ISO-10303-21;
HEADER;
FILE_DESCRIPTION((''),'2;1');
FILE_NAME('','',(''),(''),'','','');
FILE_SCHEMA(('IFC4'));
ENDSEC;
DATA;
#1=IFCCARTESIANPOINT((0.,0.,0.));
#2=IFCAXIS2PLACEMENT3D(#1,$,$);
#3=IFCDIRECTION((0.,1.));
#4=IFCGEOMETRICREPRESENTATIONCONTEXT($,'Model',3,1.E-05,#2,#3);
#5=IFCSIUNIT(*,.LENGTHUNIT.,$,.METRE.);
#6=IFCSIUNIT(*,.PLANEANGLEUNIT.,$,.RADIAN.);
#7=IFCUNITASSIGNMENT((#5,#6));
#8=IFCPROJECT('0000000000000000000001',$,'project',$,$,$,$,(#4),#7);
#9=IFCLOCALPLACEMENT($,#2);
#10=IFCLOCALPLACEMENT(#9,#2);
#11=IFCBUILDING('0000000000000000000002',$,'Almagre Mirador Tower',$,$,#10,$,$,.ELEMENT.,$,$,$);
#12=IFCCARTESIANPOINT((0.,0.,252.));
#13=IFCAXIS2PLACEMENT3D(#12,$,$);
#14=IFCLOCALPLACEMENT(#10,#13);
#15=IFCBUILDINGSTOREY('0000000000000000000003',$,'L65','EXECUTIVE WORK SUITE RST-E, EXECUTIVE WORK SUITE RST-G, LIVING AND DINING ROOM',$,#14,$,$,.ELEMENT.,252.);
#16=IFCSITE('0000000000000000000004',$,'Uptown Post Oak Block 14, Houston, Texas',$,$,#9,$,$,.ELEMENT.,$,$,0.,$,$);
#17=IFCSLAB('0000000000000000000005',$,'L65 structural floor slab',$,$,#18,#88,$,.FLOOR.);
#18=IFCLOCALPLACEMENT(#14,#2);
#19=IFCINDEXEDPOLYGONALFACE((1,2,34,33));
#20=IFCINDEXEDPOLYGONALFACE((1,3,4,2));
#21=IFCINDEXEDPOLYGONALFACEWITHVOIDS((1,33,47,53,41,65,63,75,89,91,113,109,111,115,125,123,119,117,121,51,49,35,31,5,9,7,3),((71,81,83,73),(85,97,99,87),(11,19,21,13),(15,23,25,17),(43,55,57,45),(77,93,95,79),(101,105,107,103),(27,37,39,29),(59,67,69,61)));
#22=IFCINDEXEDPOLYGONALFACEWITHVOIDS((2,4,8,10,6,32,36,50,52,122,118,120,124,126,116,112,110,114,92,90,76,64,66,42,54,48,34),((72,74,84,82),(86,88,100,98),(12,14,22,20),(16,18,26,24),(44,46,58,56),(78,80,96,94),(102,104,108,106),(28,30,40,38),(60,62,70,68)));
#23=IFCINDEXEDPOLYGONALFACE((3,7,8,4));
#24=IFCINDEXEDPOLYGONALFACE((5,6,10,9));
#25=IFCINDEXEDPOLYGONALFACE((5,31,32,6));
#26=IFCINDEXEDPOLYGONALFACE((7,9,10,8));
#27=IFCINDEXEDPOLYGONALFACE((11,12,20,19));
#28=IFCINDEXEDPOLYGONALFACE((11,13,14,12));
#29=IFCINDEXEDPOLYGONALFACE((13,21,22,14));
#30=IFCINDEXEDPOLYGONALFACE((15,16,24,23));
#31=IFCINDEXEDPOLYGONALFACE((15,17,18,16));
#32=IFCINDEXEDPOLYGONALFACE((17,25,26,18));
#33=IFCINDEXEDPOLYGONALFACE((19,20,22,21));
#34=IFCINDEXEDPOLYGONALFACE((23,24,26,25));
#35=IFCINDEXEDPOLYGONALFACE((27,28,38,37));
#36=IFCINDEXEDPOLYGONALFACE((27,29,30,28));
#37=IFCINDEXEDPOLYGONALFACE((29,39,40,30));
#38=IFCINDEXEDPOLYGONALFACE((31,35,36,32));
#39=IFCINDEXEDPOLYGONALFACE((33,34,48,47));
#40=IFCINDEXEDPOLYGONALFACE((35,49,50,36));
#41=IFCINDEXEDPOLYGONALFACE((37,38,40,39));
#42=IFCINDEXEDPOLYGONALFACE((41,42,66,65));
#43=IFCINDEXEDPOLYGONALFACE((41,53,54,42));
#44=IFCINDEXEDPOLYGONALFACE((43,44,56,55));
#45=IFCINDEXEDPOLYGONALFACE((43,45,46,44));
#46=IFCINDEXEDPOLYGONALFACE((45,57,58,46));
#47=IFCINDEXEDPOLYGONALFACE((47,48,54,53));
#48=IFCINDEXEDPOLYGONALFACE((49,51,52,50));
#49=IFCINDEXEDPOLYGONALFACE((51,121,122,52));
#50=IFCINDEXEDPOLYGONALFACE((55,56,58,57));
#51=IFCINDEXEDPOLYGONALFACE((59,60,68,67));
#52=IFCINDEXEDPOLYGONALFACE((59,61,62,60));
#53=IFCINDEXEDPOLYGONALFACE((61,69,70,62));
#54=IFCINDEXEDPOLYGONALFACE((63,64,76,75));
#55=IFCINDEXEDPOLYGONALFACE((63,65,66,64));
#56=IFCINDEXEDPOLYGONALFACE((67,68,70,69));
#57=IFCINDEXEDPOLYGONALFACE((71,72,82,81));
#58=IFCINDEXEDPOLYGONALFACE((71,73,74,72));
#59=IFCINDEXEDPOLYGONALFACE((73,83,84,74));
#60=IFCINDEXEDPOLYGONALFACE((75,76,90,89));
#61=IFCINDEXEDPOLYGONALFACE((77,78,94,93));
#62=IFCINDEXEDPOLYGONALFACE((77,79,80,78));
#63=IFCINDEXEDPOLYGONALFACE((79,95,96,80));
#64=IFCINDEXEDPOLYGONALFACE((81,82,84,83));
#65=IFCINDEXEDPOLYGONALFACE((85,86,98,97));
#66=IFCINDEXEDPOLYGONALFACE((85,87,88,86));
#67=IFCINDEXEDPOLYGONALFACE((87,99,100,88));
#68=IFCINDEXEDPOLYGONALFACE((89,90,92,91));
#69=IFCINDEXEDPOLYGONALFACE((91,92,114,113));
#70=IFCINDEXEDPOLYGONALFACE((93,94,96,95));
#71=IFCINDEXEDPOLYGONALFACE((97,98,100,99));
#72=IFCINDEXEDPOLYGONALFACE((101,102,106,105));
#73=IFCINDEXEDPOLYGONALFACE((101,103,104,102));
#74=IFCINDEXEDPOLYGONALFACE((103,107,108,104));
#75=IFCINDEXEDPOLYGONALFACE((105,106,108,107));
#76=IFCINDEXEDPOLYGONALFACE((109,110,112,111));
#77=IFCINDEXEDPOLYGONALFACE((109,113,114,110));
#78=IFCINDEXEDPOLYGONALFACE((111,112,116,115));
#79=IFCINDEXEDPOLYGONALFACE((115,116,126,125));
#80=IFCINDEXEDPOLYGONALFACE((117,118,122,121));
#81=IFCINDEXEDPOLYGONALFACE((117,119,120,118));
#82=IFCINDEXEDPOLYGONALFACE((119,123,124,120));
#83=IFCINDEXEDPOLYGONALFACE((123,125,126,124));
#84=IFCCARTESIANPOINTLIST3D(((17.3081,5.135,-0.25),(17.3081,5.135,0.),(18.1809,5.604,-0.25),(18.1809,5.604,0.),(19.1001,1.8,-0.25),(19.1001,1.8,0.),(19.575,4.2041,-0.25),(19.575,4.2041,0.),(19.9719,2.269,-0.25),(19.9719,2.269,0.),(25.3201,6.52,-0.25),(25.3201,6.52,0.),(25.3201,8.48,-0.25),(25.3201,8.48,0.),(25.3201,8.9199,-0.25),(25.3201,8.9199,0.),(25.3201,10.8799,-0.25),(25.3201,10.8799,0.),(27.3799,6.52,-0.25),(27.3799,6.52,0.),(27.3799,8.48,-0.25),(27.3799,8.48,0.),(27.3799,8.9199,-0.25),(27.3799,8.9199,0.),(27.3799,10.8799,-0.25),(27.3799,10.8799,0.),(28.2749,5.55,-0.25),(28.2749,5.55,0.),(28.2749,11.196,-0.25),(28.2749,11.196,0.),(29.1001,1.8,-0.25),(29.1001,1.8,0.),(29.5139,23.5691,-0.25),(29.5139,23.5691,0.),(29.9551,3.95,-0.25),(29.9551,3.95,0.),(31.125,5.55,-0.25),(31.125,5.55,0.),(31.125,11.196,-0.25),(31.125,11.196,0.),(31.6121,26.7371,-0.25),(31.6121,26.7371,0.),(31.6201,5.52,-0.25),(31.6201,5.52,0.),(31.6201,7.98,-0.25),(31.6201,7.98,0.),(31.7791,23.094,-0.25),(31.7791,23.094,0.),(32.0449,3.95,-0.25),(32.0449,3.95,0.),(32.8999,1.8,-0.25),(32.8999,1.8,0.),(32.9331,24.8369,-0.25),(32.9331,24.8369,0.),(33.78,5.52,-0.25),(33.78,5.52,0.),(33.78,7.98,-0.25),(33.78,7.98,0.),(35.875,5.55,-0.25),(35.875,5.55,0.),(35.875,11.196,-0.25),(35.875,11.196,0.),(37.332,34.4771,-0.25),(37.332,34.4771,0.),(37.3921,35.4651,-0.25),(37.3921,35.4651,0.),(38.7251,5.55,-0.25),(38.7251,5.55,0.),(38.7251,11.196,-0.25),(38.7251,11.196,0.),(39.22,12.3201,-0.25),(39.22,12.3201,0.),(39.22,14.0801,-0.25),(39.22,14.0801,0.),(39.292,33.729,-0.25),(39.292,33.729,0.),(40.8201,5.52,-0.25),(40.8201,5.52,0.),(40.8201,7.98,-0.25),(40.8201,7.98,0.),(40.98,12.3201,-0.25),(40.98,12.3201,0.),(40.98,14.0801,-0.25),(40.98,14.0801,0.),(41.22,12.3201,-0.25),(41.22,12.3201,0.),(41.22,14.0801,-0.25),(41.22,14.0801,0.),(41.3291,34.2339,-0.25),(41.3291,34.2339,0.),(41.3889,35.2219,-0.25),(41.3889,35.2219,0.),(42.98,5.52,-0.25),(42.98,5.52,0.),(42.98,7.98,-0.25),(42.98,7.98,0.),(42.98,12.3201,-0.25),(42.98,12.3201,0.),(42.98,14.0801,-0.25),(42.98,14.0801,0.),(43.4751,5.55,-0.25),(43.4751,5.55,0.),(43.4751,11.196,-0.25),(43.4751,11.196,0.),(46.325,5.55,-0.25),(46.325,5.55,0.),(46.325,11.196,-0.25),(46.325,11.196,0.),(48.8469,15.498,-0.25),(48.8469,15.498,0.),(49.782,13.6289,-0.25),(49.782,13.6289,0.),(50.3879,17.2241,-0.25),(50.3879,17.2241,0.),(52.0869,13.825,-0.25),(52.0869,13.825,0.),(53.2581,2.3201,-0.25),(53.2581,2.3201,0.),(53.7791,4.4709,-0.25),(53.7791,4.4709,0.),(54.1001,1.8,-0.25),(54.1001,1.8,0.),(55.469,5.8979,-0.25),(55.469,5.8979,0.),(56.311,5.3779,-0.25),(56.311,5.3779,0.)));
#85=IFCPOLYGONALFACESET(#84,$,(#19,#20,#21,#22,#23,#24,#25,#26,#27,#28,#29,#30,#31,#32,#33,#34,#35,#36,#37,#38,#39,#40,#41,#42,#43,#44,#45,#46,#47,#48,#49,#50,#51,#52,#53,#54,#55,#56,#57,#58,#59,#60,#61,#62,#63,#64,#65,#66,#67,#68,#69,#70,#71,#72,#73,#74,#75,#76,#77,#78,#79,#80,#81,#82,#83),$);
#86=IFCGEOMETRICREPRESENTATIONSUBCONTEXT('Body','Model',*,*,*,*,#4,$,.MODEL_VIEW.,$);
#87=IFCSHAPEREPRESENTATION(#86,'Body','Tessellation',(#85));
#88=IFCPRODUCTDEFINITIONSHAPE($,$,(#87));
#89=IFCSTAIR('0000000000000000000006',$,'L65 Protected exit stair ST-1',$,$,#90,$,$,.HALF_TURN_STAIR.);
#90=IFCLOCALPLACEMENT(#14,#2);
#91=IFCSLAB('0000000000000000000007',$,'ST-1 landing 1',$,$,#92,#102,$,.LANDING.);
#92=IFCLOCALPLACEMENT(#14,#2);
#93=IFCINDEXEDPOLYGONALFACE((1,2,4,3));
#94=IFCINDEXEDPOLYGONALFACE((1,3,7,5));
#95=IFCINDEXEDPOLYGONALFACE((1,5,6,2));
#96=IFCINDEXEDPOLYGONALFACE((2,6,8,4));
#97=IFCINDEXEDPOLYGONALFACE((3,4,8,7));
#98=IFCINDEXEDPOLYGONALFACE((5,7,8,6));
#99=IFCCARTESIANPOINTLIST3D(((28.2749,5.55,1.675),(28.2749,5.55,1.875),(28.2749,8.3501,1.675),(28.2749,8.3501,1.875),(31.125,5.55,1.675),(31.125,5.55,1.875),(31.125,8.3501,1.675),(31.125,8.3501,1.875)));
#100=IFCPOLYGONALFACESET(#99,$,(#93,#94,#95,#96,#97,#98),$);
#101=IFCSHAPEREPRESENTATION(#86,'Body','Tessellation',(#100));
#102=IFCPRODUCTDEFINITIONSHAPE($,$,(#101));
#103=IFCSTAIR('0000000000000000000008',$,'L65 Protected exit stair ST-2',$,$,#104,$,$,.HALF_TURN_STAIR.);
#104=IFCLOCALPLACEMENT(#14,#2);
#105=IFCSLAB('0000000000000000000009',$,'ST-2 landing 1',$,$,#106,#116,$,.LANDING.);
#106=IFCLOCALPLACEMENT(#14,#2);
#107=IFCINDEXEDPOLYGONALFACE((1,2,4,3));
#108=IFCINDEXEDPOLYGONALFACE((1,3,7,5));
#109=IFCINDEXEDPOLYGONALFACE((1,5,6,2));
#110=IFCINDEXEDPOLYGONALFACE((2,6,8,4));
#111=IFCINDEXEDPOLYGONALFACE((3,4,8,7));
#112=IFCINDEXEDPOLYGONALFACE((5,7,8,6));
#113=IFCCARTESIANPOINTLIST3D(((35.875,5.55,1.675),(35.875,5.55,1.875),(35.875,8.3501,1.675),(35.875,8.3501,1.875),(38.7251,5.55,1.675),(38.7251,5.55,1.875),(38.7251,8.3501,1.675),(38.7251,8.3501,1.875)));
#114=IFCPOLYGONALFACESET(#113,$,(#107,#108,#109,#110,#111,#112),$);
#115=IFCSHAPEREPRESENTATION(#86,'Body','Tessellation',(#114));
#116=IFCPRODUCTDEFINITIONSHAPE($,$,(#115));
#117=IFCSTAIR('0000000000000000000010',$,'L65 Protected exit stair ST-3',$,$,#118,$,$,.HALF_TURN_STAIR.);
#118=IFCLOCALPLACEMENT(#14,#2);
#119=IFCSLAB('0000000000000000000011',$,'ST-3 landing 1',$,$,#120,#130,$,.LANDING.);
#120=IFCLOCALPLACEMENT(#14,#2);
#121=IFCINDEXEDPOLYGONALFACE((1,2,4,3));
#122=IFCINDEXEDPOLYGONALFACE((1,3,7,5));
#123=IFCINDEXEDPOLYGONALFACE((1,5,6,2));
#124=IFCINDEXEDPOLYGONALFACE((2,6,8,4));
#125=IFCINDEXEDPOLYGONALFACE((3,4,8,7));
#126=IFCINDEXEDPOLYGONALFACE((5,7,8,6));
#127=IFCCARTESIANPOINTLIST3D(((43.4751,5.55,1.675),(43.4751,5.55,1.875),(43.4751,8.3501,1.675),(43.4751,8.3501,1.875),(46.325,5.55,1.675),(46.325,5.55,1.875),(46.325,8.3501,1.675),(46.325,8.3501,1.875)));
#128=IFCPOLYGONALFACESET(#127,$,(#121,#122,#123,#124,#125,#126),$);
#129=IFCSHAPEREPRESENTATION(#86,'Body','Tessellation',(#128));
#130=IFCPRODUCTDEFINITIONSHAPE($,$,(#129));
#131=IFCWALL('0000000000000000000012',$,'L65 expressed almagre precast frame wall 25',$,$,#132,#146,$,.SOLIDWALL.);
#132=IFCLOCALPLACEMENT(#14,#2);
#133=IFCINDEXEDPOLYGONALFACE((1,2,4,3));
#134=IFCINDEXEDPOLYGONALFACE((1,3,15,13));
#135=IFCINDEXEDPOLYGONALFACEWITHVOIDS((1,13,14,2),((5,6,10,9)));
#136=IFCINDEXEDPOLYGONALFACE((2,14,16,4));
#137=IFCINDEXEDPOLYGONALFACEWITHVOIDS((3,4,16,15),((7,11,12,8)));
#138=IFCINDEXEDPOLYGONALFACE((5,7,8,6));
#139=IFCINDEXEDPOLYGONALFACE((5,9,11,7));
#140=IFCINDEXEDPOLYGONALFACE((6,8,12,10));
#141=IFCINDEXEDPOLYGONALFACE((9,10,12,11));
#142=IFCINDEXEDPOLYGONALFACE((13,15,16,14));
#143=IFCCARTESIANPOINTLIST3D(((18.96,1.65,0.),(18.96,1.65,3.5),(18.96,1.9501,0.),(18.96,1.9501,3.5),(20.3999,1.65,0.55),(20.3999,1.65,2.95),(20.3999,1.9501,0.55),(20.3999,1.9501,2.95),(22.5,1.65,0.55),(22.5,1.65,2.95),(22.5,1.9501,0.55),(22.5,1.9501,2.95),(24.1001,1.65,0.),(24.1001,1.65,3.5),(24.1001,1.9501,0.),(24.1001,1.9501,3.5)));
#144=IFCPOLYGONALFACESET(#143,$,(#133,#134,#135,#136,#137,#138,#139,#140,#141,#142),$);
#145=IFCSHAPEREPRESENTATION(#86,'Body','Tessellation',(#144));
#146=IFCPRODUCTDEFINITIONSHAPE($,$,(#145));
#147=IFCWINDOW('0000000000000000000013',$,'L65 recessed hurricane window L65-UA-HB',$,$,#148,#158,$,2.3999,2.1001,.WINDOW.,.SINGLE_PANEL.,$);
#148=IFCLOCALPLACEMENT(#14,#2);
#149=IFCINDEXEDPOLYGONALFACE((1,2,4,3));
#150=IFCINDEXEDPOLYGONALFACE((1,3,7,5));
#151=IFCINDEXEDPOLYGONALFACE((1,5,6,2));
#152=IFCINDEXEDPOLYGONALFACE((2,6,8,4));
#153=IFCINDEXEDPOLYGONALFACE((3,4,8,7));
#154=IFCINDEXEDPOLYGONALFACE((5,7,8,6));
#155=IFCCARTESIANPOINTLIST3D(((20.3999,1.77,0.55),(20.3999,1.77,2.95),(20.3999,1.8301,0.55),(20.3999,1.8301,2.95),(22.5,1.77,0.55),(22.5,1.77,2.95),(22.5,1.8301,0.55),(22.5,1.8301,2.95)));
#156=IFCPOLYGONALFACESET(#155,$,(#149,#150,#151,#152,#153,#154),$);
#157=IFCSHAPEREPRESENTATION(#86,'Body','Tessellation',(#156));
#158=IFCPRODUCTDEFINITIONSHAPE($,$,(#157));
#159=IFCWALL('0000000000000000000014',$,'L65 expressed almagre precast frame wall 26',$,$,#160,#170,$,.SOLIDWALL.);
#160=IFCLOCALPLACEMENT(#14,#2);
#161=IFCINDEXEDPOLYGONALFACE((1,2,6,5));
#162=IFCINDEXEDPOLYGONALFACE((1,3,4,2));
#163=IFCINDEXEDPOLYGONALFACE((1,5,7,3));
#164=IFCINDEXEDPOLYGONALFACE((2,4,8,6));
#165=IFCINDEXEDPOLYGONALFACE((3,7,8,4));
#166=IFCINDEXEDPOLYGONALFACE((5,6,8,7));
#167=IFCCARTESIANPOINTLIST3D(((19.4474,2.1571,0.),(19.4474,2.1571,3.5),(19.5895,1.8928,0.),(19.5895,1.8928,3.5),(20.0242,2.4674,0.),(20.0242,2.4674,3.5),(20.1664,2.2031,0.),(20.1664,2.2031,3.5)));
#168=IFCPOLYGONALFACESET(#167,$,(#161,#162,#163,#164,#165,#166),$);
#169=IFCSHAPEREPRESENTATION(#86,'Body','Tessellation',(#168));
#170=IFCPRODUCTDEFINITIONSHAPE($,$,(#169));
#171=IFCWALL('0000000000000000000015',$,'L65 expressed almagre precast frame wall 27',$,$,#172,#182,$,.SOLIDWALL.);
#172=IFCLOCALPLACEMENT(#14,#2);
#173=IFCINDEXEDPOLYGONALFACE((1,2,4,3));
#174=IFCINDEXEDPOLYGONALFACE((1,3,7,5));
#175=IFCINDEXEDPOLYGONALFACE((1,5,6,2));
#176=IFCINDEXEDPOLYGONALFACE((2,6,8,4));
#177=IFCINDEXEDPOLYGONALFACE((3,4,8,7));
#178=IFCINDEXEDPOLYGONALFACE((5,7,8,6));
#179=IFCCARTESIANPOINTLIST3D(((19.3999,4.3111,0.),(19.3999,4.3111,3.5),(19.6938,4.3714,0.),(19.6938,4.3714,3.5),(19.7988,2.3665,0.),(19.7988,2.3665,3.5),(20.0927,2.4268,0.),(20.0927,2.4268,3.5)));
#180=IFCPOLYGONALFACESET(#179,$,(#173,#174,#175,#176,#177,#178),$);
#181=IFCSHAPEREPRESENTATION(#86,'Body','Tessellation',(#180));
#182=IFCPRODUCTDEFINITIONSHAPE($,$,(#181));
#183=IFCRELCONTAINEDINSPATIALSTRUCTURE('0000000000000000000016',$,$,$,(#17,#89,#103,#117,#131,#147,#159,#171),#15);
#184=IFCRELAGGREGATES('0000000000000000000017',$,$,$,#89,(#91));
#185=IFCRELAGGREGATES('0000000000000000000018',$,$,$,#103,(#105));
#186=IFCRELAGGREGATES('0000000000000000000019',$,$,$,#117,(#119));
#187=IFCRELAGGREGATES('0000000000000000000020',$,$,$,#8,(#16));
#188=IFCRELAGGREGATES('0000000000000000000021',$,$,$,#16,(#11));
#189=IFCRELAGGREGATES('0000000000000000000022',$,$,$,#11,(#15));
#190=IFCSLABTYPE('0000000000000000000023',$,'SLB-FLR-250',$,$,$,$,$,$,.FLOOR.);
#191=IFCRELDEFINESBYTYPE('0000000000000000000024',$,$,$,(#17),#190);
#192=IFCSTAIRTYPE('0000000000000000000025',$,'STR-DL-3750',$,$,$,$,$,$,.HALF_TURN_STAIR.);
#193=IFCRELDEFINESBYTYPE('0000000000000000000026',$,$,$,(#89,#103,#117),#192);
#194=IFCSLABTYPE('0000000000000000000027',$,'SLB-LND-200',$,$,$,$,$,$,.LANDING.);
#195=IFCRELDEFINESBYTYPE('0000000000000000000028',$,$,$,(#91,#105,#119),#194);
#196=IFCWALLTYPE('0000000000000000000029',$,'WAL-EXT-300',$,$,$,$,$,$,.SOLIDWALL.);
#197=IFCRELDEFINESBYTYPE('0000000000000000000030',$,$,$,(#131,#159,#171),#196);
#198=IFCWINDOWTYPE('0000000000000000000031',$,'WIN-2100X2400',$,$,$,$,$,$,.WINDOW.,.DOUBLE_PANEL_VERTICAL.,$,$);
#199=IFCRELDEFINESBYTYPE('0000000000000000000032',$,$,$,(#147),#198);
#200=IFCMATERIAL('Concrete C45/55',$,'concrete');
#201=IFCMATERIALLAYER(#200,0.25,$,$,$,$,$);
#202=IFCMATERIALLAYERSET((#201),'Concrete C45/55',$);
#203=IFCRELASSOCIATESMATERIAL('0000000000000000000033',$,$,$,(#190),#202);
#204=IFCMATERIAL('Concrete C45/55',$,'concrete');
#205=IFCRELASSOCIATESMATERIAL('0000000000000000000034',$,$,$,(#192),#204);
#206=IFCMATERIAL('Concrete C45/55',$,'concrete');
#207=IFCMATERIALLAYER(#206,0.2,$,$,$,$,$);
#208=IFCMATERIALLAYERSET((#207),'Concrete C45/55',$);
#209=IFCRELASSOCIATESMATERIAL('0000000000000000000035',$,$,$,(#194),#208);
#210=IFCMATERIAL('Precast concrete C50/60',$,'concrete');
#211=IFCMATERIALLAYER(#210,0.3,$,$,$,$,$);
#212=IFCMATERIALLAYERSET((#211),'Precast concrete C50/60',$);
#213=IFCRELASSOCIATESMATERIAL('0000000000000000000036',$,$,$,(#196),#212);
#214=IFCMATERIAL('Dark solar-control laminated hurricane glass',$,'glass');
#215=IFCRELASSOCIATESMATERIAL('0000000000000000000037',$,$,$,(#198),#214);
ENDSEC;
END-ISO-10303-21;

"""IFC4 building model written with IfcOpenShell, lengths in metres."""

from ifc_helpers import new_model, si_unit, direction, frame, frame_2d, origin, place, context, subcontext, project, spatial, polyline, rectangle, outline, extrude, material, layer, layer_set, type_object, element, fill, aggregate, save


model = new_model("IFC4")

# Units and contexts
model_context = context("Model", 3, precision=1e-05, world=origin(), true_north=direction((0.0, 1.0)))
body_context = subcontext(model_context, "Body", "Model", "MODEL_VIEW")
ifc_project = project(units=[si_unit("LENGTHUNIT", "METRE"), si_unit("PLANEANGLEUNIT", "RADIAN")], contexts=[model_context])

# Site, building, storey
site_placement = place(None, origin())
site = spatial("IfcSite", under=ifc_project, at=site_placement, Name="Uptown Post Oak Block 14, Houston, Texas", CompositionType="ELEMENT", RefElevation=0.0)
building_placement = place(site_placement, origin())
building = spatial("IfcBuilding", under=site, at=building_placement, Name="Almagre Mirador Tower", CompositionType="ELEMENT")
storey_placement = place(building_placement, frame((0.0, 0.0, 252.0)))
storey = spatial("IfcBuildingStorey", under=building, at=storey_placement, Name="L65", Description="EXECUTIVE WORK SUITE RST-E, EXECUTIVE WORK SUITE RST-G, LIVING AND DINING ROOM", CompositionType="ELEMENT", Elevation=252.0)

# Slab
ifc_material_1 = material(Name="Concrete C45/55", Category="concrete")
ifc_layer_1 = layer(ifc_material_1, 0.25)
ifc_layer_set_1 = layer_set([ifc_layer_1], Name="Concrete C45/55")
slab_type_1 = type_object("IfcSlabType", Name="SLB-FLR-250", PredefinedType="FLOOR", material=ifc_layer_set_1)
slab_1_placement = place(storey_placement, frame((0.0, 0.0, -0.25)))
element("IfcSlab", 1, at=slab_1_placement, inside=storey, type_object=slab_type_1, Name="L65 structural floor slab", PredefinedType="FLOOR", context=body_context, shape_type="SweptSolid", body=[
    extrude(outline(polyline([(17.3081, 5.135), (18.1809, 5.604), (19.575, 4.2041), (19.9719, 2.269), (19.1001, 1.8), (29.1001, 1.8), (29.9551, 3.95), (32.0449, 3.95), (32.8999, 1.8), (54.1001, 1.8), (53.2581, 2.3201), (53.7791, 4.4709), (55.469, 5.8979), (56.311, 5.3779), (52.0869, 13.825), (49.782, 13.6289), (48.8469, 15.498), (50.3879, 17.2241), (41.3889, 35.2219), (41.3291, 34.2339), (39.292, 33.729), (37.332, 34.4771), (37.3921, 35.4651), (31.6121, 26.7371), (32.9331, 24.8369), (31.7791, 23.094), (29.5139, 23.5691), (17.3081, 5.135)]), holes=[polyline([(43.4751, 5.55), (43.4751, 11.196), (46.325, 11.196), (46.325, 5.55), (43.4751, 5.55)]), polyline([(41.22, 12.3201), (41.22, 14.0801), (42.98, 14.0801), (42.98, 12.3201), (41.22, 12.3201)]), polyline([(42.98, 5.52), (40.8201, 5.52), (40.8201, 7.98), (42.98, 7.98), (42.98, 5.52)]), polyline([(39.22, 12.3201), (39.22, 14.0801), (40.98, 14.0801), (40.98, 12.3201), (39.22, 12.3201)]), polyline([(35.875, 5.55), (35.875, 11.196), (38.7251, 11.196), (38.7251, 5.55), (35.875, 5.55)]), polyline([(33.78, 5.52), (31.6201, 5.52), (31.6201, 7.98), (33.78, 7.98), (33.78, 5.52)]), polyline([(28.2749, 5.55), (28.2749, 11.196), (31.125, 11.196), (31.125, 5.55), (28.2749, 5.55)]), polyline([(27.3799, 6.52), (25.3201, 6.52), (25.3201, 8.48), (27.3799, 8.48), (27.3799, 6.52)]), polyline([(27.3799, 8.9199), (25.3201, 8.9199), (25.3201, 10.8799), (27.3799, 10.8799), (27.3799, 8.9199)])]), origin(), (0.0, 0.0, 1.0), 0.25),
])

# Stairs, slabs
ifc_material_2 = material(Name="Concrete C45/55", Category="concrete")
stair_type = type_object("IfcStairType", Name="STR-DL-3750", PredefinedType="HALF_TURN_STAIR", material=ifc_material_2)
stair_1_placement = place(storey_placement, origin())
stair_1 = element("IfcStair", 2, at=stair_1_placement, inside=storey, type_object=stair_type, Name="L65 Protected exit stair ST-1", PredefinedType="HALF_TURN_STAIR")
ifc_material_3 = material(Name="Concrete C45/55", Category="concrete")
ifc_layer_2 = layer(ifc_material_3, 0.2)
ifc_layer_set_2 = layer_set([ifc_layer_2], Name="Concrete C45/55")
slab_type_2 = type_object("IfcSlabType", Name="SLB-LND-200", PredefinedType="LANDING", material=ifc_layer_set_2)
slab_2_placement = place(storey_placement, frame((0.0, 0.0, 1.675)))
slab_2 = element("IfcSlab", 3, at=slab_2_placement, type_object=slab_type_2, Name="ST-1 landing 1", PredefinedType="LANDING", context=body_context, shape_type="SweptSolid", body=[
    extrude(outline(polyline([(28.2749, 8.3501), (28.2749, 5.55), (31.125, 5.55), (31.125, 8.3501), (28.2749, 8.3501)])), origin(), (0.0, 0.0, 1.0), 0.2),
])
aggregate(stair_1, [slab_2])
stair_2_placement = place(storey_placement, origin())
stair_2 = element("IfcStair", 4, at=stair_2_placement, inside=storey, type_object=stair_type, Name="L65 Protected exit stair ST-2", PredefinedType="HALF_TURN_STAIR")
slab_3_placement = place(storey_placement, frame((0.0, 0.0, 1.675)))
slab_3 = element("IfcSlab", 5, at=slab_3_placement, type_object=slab_type_2, Name="ST-2 landing 1", PredefinedType="LANDING", context=body_context, shape_type="SweptSolid", body=[
    extrude(outline(polyline([(35.875, 8.3501), (35.875, 5.55), (38.7251, 5.55), (38.7251, 8.3501), (35.875, 8.3501)])), origin(), (0.0, 0.0, 1.0), 0.2),
])
aggregate(stair_2, [slab_3])
stair_3_placement = place(storey_placement, origin())
stair_3 = element("IfcStair", 6, at=stair_3_placement, inside=storey, type_object=stair_type, Name="L65 Protected exit stair ST-3", PredefinedType="HALF_TURN_STAIR")
slab_4_placement = place(storey_placement, frame((0.0, 0.0, 1.675)))
slab_4 = element("IfcSlab", 7, at=slab_4_placement, type_object=slab_type_2, Name="ST-3 landing 1", PredefinedType="LANDING", context=body_context, shape_type="SweptSolid", body=[
    extrude(outline(polyline([(43.4751, 8.3501), (43.4751, 5.55), (46.325, 5.55), (46.325, 8.3501), (43.4751, 8.3501)])), origin(), (0.0, 0.0, 1.0), 0.2),
])
aggregate(stair_3, [slab_4])

# Wall, opening, window
ifc_material_4 = material(Name="Precast concrete C50/60", Category="concrete")
ifc_layer_3 = layer(ifc_material_4, 0.3)
ifc_layer_set_3 = layer_set([ifc_layer_3], Name="Precast concrete C50/60")
wall_type_1 = type_object("IfcWallType", Name="WAL-EXT-300", PredefinedType="SOLIDWALL", material=ifc_layer_set_3)
wall_1_placement = place(storey_placement, frame((24.1001, 1.8, 0.0), z_axis=(0.0, 0.0, 1.0), x_axis=(-1.0, 0.0, 0.0)))
wall_1 = element("IfcWall", 8, at=wall_1_placement, inside=storey, type_object=wall_type_1, Name="L65 expressed almagre precast frame wall 25", PredefinedType="SOLIDWALL", context=body_context, shape_type="SweptSolid", body=[
    extrude(rectangle(XDim=5.1401, YDim=0.3, at=frame_2d((2.5701, 0.0))), origin(), (0.0, 0.0, 1.0), 3.5),
])
opening_1_placement = place(wall_1_placement, frame((1.6001, 0.0, 0.55)))
opening_1 = element("IfcOpeningElement", 9, at=opening_1_placement, cuts=wall_1, PredefinedType="OPENING", context=body_context, shape_type="SweptSolid", body=[
    extrude(rectangle(XDim=2.1001, YDim=2.3999, at=frame_2d((1.05, 1.2))), frame((0.0, 0.1599, 0.0), z_axis=(0.0, -1.0, 0.0), x_axis=(1.0, 0.0, 0.0)), (0.0, 0.0, 1.0), 0.32),
])
ifc_material_5 = material(Name="Dark solar-control laminated hurricane glass", Category="glass")
window_type_1 = type_object("IfcWindowType", Name="WIN-2100X2400", PartitioningType="DOUBLE_PANEL_VERTICAL", PredefinedType="WINDOW", material=ifc_material_5)
window_1_placement = place(opening_1_placement, origin())
window_1 = element("IfcWindow", 10, at=window_1_placement, inside=storey, type_object=window_type_1, Name="L65 recessed hurricane window L65-UA-HB", OverallHeight=2.3999, OverallWidth=2.1001, PartitioningType="SINGLE_PANEL", PredefinedType="WINDOW", context=body_context, shape_type="SweptSolid", body=[
    extrude(rectangle(XDim=2.1001, YDim=2.3999, at=frame_2d((1.05, 1.2))), frame((0.0, 0.03, 0.0), z_axis=(0.0, -1.0, 0.0), x_axis=(1.0, 0.0, 0.0)), (0.0, 0.0, 1.0), 0.0601),
])
fill(opening_1, window_1)

# Walls
wall_2_placement = place(storey_placement, frame((19.5183, 2.0249, 0.0), z_axis=(0.0, 0.0, 1.0), x_axis=(0.880686, 0.4737, 0.0)))
element("IfcWall", 11, at=wall_2_placement, inside=storey, type_object=wall_type_1, Name="L65 expressed almagre precast frame wall 26", PredefinedType="SOLIDWALL", context=body_context, shape_type="SweptSolid", body=[
    extrude(rectangle(XDim=0.655, YDim=0.3, at=frame_2d((0.3276, 0.0))), origin(), (0.0, 0.0, 1.0), 3.5),
])
wall_3_placement = place(storey_placement, frame((19.9458, 2.3965, 0.0), z_axis=(0.0, 0.0, 1.0), x_axis=(-0.200962, 0.979599, 0.0)))
element("IfcWall", 12, at=wall_3_placement, inside=storey, type_object=wall_type_1, Name="L65 expressed almagre precast frame wall 27", PredefinedType="SOLIDWALL", context=body_context, shape_type="SweptSolid", body=[
    extrude(rectangle(XDim=1.9851, YDim=0.3, at=frame_2d((0.9927, 0.0))), origin(), (0.0, 0.0, 1.0), 3.5),
])

save(model, "model.ifc")
